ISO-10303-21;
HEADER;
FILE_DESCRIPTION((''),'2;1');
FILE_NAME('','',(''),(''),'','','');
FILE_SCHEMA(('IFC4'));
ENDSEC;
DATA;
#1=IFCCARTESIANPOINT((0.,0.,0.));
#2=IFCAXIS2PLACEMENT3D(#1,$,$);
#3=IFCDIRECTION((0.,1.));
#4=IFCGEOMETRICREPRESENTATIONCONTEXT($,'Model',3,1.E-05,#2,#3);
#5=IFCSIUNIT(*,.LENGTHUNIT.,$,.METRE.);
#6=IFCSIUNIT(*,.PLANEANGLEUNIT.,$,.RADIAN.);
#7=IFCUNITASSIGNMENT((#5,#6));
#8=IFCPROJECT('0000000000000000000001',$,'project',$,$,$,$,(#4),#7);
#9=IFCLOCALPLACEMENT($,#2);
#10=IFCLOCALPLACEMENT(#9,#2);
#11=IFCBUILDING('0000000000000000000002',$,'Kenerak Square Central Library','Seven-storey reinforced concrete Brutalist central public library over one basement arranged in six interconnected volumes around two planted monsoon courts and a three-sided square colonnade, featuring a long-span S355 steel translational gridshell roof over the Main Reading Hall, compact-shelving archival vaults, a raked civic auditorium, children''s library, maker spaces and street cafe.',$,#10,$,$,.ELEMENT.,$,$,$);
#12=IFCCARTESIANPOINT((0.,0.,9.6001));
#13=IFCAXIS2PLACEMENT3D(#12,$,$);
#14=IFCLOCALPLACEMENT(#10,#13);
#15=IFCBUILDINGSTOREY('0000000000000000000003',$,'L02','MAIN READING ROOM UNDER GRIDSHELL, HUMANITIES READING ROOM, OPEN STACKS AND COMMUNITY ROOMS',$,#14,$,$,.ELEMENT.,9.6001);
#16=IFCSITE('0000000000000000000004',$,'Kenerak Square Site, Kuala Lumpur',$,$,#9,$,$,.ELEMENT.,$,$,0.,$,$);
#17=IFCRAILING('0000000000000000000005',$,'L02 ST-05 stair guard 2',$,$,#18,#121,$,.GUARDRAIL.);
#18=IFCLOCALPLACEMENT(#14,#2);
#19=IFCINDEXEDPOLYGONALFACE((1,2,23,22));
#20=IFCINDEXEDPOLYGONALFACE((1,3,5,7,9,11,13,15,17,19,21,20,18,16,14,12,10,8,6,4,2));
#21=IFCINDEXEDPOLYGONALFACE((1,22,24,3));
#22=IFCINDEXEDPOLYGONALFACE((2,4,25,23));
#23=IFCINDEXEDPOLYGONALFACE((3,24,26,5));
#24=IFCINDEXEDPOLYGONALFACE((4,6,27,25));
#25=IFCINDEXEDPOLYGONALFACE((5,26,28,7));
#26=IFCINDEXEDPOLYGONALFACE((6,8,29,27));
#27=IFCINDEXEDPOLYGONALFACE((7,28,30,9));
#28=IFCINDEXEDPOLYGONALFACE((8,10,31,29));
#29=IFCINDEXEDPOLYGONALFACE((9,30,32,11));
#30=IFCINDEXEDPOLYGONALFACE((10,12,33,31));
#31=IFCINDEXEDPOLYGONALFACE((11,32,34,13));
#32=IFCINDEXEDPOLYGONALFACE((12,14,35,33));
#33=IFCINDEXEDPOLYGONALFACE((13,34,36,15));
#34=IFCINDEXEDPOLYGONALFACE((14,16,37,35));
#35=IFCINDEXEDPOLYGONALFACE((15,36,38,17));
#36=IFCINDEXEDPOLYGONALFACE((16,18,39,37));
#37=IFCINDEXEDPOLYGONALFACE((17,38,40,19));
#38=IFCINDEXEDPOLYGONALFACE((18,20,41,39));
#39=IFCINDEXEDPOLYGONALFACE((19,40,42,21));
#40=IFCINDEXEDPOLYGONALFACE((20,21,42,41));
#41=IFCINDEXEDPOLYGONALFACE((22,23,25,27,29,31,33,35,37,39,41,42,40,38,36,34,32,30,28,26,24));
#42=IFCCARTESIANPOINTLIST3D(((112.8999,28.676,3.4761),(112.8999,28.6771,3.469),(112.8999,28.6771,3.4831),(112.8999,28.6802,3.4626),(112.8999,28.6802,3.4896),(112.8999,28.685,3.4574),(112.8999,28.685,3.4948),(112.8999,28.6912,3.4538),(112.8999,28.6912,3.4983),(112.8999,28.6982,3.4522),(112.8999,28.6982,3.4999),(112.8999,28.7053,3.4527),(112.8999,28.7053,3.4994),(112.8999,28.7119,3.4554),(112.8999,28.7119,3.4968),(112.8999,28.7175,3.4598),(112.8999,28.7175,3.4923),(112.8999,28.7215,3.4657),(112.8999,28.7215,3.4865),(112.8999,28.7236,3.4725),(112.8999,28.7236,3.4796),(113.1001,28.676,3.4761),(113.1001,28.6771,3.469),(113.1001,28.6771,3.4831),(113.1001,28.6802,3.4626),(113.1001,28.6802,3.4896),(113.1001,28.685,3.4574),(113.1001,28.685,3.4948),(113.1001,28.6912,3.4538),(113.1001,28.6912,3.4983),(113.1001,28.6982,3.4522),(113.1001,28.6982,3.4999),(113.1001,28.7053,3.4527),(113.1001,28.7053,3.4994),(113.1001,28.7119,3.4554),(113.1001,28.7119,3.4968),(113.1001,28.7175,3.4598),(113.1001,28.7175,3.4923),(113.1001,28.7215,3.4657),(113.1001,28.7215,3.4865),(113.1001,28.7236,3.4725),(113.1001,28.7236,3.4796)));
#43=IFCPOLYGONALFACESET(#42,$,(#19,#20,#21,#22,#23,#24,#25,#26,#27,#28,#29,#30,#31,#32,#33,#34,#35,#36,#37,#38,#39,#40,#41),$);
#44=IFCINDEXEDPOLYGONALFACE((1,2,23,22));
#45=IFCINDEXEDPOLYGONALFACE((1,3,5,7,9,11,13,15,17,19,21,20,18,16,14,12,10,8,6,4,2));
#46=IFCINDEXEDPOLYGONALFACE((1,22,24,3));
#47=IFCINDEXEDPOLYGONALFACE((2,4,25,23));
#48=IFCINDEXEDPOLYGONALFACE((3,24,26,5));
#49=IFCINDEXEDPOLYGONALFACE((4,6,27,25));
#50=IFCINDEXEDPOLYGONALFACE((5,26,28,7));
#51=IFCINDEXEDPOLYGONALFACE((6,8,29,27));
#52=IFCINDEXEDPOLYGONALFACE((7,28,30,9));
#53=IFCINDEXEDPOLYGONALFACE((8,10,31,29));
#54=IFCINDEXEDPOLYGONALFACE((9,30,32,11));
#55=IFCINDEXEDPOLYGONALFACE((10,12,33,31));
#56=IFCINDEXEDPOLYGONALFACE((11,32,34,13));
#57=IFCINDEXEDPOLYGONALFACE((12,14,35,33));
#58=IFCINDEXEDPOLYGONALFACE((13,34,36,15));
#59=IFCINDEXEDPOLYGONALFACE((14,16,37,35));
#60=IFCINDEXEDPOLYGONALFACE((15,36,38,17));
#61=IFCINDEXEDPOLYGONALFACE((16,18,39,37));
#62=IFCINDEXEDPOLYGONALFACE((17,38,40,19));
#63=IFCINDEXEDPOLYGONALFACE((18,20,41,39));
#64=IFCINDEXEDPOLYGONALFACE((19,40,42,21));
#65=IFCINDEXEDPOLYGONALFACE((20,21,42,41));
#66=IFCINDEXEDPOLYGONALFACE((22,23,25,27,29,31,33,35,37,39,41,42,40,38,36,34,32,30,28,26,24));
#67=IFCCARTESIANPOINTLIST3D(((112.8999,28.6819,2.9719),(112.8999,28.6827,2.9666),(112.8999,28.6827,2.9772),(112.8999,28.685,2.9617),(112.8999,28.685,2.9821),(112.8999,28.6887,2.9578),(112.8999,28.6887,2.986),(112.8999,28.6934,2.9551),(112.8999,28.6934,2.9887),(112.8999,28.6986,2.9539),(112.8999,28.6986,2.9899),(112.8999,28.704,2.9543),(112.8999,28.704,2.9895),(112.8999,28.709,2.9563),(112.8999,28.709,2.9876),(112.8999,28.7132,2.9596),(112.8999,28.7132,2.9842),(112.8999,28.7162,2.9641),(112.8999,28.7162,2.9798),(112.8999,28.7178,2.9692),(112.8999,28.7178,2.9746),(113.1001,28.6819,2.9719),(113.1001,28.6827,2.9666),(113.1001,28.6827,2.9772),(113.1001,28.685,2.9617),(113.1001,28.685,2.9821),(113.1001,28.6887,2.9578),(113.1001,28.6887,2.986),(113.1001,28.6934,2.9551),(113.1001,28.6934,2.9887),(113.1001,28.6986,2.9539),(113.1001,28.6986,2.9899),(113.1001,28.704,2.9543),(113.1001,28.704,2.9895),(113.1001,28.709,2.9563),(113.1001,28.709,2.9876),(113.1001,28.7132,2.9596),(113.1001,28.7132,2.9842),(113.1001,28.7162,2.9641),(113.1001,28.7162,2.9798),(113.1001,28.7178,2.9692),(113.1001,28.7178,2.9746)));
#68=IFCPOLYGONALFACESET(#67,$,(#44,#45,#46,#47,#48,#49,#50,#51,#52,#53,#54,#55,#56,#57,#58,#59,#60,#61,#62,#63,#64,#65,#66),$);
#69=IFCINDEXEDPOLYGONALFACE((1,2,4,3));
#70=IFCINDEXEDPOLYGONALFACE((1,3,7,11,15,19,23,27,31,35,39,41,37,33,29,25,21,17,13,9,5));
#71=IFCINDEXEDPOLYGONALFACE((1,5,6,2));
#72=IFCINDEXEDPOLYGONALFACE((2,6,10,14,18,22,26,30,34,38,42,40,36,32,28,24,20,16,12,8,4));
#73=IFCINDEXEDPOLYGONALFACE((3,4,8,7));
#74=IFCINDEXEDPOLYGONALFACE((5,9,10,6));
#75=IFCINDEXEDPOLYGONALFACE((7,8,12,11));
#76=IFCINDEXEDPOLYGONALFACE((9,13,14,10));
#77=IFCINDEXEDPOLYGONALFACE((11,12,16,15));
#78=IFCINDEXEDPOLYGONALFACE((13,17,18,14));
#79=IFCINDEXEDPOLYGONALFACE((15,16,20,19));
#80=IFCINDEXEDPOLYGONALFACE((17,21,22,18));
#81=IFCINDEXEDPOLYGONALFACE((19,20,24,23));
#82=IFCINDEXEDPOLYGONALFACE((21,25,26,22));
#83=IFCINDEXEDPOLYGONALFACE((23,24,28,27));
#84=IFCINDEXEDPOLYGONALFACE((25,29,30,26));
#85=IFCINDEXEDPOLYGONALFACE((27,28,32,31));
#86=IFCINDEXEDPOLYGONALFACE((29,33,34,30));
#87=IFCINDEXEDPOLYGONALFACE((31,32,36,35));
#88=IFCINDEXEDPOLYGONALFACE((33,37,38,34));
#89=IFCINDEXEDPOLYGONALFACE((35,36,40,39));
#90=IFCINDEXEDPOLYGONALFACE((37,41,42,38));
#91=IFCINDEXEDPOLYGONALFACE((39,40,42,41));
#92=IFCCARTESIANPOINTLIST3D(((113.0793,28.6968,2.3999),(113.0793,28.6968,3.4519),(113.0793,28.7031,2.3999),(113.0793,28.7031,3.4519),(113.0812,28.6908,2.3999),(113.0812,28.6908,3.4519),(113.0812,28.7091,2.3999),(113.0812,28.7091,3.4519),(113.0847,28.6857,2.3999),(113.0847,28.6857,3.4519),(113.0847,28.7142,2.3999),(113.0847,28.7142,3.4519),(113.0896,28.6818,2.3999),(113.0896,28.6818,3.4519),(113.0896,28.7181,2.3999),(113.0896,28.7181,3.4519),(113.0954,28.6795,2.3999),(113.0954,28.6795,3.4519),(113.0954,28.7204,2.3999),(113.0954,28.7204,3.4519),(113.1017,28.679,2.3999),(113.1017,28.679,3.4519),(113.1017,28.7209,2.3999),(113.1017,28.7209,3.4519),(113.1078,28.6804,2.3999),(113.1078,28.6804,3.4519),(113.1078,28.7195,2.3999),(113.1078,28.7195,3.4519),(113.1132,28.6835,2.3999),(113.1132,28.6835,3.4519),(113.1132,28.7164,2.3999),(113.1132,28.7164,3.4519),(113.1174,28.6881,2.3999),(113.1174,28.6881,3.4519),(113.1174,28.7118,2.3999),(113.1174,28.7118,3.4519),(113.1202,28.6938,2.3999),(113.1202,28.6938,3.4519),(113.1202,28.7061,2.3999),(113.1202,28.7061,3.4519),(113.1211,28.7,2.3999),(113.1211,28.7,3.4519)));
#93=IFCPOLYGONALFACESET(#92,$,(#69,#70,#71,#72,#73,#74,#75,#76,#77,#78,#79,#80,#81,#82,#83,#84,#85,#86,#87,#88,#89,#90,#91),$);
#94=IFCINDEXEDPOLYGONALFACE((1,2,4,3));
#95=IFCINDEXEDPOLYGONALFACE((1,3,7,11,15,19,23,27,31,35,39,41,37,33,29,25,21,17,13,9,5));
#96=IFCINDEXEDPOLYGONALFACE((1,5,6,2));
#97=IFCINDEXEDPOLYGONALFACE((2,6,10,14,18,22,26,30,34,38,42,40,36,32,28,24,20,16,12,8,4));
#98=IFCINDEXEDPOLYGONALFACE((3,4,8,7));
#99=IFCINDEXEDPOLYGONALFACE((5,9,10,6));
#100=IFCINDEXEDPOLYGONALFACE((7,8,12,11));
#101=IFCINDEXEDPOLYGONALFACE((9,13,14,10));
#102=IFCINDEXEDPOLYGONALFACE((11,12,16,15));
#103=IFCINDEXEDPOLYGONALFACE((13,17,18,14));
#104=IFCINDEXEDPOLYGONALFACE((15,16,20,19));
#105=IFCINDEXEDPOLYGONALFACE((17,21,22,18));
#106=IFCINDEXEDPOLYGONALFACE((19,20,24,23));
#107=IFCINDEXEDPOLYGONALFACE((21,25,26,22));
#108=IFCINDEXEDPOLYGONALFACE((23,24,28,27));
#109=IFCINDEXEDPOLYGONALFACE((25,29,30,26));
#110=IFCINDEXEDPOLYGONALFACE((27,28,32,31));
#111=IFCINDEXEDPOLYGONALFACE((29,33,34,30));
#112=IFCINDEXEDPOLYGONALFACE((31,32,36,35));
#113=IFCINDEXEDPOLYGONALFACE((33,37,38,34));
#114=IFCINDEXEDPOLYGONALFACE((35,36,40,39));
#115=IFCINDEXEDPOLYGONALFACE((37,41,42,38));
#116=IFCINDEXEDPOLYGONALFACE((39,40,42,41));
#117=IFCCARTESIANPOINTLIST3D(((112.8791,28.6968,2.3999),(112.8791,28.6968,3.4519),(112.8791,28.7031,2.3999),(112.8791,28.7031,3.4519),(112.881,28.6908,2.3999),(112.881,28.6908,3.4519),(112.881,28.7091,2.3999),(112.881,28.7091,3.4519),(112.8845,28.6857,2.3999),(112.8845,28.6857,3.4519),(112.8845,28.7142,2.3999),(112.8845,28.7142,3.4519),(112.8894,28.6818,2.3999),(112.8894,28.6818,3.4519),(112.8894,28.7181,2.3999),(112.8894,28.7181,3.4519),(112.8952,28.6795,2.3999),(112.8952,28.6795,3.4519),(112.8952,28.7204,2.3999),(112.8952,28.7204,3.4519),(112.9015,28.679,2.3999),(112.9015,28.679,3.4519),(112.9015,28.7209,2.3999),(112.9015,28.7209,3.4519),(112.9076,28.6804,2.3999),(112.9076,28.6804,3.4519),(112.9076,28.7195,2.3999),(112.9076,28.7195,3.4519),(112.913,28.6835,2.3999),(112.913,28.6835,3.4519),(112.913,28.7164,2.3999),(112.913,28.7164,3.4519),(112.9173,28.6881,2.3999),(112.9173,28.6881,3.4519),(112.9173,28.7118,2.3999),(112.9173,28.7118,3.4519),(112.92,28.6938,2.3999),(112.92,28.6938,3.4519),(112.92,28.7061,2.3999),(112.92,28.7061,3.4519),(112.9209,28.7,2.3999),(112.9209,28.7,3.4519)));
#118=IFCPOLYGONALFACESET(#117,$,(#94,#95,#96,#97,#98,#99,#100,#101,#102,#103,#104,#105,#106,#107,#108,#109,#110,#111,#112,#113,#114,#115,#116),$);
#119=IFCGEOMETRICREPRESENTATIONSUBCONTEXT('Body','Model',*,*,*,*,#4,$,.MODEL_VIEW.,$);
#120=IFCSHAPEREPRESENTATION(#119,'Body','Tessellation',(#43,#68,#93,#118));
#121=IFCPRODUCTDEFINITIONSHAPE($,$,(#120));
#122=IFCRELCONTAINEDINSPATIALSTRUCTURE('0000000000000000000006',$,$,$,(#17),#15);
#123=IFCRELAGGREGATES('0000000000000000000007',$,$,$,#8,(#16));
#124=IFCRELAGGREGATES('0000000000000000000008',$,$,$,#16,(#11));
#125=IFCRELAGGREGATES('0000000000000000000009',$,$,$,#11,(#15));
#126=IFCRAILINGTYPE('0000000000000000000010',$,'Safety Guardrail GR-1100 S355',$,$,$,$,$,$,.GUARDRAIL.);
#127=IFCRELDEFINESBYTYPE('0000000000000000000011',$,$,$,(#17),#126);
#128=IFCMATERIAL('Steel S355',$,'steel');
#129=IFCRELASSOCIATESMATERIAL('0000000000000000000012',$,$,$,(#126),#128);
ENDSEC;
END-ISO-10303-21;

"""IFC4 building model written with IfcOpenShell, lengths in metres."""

from ifc_helpers import new_model, si_unit, direction, frame, origin, origin_2d, place, context, subcontext, project, spatial, circle, extrude, material, type_object, element, save


model = new_model("IFC4")

# Units and contexts
model_context = context("Model", 3, precision=1e-05, world=origin(), true_north=direction((0.0, 1.0)))
body_context = subcontext(model_context, "Body", "Model", "MODEL_VIEW")
ifc_project = project(units=[si_unit("LENGTHUNIT", "METRE"), si_unit("PLANEANGLEUNIT", "RADIAN")], contexts=[model_context])

# Site, building, storey
site_placement = place(None, origin())
site = spatial("IfcSite", under=ifc_project, at=site_placement, Name="Kenerak Square Site, Kuala Lumpur", CompositionType="ELEMENT", RefElevation=0.0)
building_placement = place(site_placement, origin())
building = spatial("IfcBuilding", under=site, at=building_placement, Name="Kenerak Square Central Library", Description="Seven-storey reinforced concrete Brutalist central public library over one basement arranged in six interconnected volumes around two planted monsoon courts and a three-sided square colonnade, featuring a long-span S355 steel translational gridshell roof over the Main Reading Hall, compact-shelving archival vaults, a raked civic auditorium, children's library, maker spaces and street cafe.", CompositionType="ELEMENT")
storey_placement = place(building_placement, frame((0.0, 0.0, 9.6001)))
storey = spatial("IfcBuildingStorey", under=building, at=storey_placement, Name="L02", Description="MAIN READING ROOM UNDER GRIDSHELL, HUMANITIES READING ROOM, OPEN STACKS AND COMMUNITY ROOMS", CompositionType="ELEMENT", Elevation=9.6001)

# Shared definitions
ifc_material_1 = material(Name="Steel S355", Category="steel")

# Railing
railing_type_1 = type_object("IfcRailingType", Name="Safety Guardrail GR-1100 S355", PredefinedType="GUARDRAIL", material=ifc_material_1)
railing_1_placement = place(storey_placement, frame((113.1001, 28.7, 2.3999)))
element("IfcRailing", 1, at=railing_1_placement, inside=storey, type_object=railing_type_1, Name="L02 ST-05 stair guard 2", PredefinedType="GUARDRAIL", context=body_context, shape_type="SweptSolid", body=[
    extrude(circle(Radius=0.0239, at=origin_2d()), frame((0.0, 0.0, 1.0762), z_axis=(-1.0, 0.0, 0.0), x_axis=(0.0, -1.0, 0.0)), (0.0, 0.0, 1.0), 0.2002),
    extrude(circle(Radius=0.0181, at=origin_2d()), frame((0.0, 0.0, 0.572), z_axis=(-1.0, 0.0, 0.0), x_axis=(0.0, -1.0, 0.0)), (0.0, 0.0, 1.0), 0.2002),
    extrude(circle(Radius=0.021, at=origin_2d()), origin(), (0.0, 0.0, 1.0), 1.052),
    extrude(circle(Radius=0.021, at=origin_2d()), frame((-0.2002, 0.0, 0.0)), (0.0, 0.0, 1.0), 1.052),
])

save(model, "model.ifc")
